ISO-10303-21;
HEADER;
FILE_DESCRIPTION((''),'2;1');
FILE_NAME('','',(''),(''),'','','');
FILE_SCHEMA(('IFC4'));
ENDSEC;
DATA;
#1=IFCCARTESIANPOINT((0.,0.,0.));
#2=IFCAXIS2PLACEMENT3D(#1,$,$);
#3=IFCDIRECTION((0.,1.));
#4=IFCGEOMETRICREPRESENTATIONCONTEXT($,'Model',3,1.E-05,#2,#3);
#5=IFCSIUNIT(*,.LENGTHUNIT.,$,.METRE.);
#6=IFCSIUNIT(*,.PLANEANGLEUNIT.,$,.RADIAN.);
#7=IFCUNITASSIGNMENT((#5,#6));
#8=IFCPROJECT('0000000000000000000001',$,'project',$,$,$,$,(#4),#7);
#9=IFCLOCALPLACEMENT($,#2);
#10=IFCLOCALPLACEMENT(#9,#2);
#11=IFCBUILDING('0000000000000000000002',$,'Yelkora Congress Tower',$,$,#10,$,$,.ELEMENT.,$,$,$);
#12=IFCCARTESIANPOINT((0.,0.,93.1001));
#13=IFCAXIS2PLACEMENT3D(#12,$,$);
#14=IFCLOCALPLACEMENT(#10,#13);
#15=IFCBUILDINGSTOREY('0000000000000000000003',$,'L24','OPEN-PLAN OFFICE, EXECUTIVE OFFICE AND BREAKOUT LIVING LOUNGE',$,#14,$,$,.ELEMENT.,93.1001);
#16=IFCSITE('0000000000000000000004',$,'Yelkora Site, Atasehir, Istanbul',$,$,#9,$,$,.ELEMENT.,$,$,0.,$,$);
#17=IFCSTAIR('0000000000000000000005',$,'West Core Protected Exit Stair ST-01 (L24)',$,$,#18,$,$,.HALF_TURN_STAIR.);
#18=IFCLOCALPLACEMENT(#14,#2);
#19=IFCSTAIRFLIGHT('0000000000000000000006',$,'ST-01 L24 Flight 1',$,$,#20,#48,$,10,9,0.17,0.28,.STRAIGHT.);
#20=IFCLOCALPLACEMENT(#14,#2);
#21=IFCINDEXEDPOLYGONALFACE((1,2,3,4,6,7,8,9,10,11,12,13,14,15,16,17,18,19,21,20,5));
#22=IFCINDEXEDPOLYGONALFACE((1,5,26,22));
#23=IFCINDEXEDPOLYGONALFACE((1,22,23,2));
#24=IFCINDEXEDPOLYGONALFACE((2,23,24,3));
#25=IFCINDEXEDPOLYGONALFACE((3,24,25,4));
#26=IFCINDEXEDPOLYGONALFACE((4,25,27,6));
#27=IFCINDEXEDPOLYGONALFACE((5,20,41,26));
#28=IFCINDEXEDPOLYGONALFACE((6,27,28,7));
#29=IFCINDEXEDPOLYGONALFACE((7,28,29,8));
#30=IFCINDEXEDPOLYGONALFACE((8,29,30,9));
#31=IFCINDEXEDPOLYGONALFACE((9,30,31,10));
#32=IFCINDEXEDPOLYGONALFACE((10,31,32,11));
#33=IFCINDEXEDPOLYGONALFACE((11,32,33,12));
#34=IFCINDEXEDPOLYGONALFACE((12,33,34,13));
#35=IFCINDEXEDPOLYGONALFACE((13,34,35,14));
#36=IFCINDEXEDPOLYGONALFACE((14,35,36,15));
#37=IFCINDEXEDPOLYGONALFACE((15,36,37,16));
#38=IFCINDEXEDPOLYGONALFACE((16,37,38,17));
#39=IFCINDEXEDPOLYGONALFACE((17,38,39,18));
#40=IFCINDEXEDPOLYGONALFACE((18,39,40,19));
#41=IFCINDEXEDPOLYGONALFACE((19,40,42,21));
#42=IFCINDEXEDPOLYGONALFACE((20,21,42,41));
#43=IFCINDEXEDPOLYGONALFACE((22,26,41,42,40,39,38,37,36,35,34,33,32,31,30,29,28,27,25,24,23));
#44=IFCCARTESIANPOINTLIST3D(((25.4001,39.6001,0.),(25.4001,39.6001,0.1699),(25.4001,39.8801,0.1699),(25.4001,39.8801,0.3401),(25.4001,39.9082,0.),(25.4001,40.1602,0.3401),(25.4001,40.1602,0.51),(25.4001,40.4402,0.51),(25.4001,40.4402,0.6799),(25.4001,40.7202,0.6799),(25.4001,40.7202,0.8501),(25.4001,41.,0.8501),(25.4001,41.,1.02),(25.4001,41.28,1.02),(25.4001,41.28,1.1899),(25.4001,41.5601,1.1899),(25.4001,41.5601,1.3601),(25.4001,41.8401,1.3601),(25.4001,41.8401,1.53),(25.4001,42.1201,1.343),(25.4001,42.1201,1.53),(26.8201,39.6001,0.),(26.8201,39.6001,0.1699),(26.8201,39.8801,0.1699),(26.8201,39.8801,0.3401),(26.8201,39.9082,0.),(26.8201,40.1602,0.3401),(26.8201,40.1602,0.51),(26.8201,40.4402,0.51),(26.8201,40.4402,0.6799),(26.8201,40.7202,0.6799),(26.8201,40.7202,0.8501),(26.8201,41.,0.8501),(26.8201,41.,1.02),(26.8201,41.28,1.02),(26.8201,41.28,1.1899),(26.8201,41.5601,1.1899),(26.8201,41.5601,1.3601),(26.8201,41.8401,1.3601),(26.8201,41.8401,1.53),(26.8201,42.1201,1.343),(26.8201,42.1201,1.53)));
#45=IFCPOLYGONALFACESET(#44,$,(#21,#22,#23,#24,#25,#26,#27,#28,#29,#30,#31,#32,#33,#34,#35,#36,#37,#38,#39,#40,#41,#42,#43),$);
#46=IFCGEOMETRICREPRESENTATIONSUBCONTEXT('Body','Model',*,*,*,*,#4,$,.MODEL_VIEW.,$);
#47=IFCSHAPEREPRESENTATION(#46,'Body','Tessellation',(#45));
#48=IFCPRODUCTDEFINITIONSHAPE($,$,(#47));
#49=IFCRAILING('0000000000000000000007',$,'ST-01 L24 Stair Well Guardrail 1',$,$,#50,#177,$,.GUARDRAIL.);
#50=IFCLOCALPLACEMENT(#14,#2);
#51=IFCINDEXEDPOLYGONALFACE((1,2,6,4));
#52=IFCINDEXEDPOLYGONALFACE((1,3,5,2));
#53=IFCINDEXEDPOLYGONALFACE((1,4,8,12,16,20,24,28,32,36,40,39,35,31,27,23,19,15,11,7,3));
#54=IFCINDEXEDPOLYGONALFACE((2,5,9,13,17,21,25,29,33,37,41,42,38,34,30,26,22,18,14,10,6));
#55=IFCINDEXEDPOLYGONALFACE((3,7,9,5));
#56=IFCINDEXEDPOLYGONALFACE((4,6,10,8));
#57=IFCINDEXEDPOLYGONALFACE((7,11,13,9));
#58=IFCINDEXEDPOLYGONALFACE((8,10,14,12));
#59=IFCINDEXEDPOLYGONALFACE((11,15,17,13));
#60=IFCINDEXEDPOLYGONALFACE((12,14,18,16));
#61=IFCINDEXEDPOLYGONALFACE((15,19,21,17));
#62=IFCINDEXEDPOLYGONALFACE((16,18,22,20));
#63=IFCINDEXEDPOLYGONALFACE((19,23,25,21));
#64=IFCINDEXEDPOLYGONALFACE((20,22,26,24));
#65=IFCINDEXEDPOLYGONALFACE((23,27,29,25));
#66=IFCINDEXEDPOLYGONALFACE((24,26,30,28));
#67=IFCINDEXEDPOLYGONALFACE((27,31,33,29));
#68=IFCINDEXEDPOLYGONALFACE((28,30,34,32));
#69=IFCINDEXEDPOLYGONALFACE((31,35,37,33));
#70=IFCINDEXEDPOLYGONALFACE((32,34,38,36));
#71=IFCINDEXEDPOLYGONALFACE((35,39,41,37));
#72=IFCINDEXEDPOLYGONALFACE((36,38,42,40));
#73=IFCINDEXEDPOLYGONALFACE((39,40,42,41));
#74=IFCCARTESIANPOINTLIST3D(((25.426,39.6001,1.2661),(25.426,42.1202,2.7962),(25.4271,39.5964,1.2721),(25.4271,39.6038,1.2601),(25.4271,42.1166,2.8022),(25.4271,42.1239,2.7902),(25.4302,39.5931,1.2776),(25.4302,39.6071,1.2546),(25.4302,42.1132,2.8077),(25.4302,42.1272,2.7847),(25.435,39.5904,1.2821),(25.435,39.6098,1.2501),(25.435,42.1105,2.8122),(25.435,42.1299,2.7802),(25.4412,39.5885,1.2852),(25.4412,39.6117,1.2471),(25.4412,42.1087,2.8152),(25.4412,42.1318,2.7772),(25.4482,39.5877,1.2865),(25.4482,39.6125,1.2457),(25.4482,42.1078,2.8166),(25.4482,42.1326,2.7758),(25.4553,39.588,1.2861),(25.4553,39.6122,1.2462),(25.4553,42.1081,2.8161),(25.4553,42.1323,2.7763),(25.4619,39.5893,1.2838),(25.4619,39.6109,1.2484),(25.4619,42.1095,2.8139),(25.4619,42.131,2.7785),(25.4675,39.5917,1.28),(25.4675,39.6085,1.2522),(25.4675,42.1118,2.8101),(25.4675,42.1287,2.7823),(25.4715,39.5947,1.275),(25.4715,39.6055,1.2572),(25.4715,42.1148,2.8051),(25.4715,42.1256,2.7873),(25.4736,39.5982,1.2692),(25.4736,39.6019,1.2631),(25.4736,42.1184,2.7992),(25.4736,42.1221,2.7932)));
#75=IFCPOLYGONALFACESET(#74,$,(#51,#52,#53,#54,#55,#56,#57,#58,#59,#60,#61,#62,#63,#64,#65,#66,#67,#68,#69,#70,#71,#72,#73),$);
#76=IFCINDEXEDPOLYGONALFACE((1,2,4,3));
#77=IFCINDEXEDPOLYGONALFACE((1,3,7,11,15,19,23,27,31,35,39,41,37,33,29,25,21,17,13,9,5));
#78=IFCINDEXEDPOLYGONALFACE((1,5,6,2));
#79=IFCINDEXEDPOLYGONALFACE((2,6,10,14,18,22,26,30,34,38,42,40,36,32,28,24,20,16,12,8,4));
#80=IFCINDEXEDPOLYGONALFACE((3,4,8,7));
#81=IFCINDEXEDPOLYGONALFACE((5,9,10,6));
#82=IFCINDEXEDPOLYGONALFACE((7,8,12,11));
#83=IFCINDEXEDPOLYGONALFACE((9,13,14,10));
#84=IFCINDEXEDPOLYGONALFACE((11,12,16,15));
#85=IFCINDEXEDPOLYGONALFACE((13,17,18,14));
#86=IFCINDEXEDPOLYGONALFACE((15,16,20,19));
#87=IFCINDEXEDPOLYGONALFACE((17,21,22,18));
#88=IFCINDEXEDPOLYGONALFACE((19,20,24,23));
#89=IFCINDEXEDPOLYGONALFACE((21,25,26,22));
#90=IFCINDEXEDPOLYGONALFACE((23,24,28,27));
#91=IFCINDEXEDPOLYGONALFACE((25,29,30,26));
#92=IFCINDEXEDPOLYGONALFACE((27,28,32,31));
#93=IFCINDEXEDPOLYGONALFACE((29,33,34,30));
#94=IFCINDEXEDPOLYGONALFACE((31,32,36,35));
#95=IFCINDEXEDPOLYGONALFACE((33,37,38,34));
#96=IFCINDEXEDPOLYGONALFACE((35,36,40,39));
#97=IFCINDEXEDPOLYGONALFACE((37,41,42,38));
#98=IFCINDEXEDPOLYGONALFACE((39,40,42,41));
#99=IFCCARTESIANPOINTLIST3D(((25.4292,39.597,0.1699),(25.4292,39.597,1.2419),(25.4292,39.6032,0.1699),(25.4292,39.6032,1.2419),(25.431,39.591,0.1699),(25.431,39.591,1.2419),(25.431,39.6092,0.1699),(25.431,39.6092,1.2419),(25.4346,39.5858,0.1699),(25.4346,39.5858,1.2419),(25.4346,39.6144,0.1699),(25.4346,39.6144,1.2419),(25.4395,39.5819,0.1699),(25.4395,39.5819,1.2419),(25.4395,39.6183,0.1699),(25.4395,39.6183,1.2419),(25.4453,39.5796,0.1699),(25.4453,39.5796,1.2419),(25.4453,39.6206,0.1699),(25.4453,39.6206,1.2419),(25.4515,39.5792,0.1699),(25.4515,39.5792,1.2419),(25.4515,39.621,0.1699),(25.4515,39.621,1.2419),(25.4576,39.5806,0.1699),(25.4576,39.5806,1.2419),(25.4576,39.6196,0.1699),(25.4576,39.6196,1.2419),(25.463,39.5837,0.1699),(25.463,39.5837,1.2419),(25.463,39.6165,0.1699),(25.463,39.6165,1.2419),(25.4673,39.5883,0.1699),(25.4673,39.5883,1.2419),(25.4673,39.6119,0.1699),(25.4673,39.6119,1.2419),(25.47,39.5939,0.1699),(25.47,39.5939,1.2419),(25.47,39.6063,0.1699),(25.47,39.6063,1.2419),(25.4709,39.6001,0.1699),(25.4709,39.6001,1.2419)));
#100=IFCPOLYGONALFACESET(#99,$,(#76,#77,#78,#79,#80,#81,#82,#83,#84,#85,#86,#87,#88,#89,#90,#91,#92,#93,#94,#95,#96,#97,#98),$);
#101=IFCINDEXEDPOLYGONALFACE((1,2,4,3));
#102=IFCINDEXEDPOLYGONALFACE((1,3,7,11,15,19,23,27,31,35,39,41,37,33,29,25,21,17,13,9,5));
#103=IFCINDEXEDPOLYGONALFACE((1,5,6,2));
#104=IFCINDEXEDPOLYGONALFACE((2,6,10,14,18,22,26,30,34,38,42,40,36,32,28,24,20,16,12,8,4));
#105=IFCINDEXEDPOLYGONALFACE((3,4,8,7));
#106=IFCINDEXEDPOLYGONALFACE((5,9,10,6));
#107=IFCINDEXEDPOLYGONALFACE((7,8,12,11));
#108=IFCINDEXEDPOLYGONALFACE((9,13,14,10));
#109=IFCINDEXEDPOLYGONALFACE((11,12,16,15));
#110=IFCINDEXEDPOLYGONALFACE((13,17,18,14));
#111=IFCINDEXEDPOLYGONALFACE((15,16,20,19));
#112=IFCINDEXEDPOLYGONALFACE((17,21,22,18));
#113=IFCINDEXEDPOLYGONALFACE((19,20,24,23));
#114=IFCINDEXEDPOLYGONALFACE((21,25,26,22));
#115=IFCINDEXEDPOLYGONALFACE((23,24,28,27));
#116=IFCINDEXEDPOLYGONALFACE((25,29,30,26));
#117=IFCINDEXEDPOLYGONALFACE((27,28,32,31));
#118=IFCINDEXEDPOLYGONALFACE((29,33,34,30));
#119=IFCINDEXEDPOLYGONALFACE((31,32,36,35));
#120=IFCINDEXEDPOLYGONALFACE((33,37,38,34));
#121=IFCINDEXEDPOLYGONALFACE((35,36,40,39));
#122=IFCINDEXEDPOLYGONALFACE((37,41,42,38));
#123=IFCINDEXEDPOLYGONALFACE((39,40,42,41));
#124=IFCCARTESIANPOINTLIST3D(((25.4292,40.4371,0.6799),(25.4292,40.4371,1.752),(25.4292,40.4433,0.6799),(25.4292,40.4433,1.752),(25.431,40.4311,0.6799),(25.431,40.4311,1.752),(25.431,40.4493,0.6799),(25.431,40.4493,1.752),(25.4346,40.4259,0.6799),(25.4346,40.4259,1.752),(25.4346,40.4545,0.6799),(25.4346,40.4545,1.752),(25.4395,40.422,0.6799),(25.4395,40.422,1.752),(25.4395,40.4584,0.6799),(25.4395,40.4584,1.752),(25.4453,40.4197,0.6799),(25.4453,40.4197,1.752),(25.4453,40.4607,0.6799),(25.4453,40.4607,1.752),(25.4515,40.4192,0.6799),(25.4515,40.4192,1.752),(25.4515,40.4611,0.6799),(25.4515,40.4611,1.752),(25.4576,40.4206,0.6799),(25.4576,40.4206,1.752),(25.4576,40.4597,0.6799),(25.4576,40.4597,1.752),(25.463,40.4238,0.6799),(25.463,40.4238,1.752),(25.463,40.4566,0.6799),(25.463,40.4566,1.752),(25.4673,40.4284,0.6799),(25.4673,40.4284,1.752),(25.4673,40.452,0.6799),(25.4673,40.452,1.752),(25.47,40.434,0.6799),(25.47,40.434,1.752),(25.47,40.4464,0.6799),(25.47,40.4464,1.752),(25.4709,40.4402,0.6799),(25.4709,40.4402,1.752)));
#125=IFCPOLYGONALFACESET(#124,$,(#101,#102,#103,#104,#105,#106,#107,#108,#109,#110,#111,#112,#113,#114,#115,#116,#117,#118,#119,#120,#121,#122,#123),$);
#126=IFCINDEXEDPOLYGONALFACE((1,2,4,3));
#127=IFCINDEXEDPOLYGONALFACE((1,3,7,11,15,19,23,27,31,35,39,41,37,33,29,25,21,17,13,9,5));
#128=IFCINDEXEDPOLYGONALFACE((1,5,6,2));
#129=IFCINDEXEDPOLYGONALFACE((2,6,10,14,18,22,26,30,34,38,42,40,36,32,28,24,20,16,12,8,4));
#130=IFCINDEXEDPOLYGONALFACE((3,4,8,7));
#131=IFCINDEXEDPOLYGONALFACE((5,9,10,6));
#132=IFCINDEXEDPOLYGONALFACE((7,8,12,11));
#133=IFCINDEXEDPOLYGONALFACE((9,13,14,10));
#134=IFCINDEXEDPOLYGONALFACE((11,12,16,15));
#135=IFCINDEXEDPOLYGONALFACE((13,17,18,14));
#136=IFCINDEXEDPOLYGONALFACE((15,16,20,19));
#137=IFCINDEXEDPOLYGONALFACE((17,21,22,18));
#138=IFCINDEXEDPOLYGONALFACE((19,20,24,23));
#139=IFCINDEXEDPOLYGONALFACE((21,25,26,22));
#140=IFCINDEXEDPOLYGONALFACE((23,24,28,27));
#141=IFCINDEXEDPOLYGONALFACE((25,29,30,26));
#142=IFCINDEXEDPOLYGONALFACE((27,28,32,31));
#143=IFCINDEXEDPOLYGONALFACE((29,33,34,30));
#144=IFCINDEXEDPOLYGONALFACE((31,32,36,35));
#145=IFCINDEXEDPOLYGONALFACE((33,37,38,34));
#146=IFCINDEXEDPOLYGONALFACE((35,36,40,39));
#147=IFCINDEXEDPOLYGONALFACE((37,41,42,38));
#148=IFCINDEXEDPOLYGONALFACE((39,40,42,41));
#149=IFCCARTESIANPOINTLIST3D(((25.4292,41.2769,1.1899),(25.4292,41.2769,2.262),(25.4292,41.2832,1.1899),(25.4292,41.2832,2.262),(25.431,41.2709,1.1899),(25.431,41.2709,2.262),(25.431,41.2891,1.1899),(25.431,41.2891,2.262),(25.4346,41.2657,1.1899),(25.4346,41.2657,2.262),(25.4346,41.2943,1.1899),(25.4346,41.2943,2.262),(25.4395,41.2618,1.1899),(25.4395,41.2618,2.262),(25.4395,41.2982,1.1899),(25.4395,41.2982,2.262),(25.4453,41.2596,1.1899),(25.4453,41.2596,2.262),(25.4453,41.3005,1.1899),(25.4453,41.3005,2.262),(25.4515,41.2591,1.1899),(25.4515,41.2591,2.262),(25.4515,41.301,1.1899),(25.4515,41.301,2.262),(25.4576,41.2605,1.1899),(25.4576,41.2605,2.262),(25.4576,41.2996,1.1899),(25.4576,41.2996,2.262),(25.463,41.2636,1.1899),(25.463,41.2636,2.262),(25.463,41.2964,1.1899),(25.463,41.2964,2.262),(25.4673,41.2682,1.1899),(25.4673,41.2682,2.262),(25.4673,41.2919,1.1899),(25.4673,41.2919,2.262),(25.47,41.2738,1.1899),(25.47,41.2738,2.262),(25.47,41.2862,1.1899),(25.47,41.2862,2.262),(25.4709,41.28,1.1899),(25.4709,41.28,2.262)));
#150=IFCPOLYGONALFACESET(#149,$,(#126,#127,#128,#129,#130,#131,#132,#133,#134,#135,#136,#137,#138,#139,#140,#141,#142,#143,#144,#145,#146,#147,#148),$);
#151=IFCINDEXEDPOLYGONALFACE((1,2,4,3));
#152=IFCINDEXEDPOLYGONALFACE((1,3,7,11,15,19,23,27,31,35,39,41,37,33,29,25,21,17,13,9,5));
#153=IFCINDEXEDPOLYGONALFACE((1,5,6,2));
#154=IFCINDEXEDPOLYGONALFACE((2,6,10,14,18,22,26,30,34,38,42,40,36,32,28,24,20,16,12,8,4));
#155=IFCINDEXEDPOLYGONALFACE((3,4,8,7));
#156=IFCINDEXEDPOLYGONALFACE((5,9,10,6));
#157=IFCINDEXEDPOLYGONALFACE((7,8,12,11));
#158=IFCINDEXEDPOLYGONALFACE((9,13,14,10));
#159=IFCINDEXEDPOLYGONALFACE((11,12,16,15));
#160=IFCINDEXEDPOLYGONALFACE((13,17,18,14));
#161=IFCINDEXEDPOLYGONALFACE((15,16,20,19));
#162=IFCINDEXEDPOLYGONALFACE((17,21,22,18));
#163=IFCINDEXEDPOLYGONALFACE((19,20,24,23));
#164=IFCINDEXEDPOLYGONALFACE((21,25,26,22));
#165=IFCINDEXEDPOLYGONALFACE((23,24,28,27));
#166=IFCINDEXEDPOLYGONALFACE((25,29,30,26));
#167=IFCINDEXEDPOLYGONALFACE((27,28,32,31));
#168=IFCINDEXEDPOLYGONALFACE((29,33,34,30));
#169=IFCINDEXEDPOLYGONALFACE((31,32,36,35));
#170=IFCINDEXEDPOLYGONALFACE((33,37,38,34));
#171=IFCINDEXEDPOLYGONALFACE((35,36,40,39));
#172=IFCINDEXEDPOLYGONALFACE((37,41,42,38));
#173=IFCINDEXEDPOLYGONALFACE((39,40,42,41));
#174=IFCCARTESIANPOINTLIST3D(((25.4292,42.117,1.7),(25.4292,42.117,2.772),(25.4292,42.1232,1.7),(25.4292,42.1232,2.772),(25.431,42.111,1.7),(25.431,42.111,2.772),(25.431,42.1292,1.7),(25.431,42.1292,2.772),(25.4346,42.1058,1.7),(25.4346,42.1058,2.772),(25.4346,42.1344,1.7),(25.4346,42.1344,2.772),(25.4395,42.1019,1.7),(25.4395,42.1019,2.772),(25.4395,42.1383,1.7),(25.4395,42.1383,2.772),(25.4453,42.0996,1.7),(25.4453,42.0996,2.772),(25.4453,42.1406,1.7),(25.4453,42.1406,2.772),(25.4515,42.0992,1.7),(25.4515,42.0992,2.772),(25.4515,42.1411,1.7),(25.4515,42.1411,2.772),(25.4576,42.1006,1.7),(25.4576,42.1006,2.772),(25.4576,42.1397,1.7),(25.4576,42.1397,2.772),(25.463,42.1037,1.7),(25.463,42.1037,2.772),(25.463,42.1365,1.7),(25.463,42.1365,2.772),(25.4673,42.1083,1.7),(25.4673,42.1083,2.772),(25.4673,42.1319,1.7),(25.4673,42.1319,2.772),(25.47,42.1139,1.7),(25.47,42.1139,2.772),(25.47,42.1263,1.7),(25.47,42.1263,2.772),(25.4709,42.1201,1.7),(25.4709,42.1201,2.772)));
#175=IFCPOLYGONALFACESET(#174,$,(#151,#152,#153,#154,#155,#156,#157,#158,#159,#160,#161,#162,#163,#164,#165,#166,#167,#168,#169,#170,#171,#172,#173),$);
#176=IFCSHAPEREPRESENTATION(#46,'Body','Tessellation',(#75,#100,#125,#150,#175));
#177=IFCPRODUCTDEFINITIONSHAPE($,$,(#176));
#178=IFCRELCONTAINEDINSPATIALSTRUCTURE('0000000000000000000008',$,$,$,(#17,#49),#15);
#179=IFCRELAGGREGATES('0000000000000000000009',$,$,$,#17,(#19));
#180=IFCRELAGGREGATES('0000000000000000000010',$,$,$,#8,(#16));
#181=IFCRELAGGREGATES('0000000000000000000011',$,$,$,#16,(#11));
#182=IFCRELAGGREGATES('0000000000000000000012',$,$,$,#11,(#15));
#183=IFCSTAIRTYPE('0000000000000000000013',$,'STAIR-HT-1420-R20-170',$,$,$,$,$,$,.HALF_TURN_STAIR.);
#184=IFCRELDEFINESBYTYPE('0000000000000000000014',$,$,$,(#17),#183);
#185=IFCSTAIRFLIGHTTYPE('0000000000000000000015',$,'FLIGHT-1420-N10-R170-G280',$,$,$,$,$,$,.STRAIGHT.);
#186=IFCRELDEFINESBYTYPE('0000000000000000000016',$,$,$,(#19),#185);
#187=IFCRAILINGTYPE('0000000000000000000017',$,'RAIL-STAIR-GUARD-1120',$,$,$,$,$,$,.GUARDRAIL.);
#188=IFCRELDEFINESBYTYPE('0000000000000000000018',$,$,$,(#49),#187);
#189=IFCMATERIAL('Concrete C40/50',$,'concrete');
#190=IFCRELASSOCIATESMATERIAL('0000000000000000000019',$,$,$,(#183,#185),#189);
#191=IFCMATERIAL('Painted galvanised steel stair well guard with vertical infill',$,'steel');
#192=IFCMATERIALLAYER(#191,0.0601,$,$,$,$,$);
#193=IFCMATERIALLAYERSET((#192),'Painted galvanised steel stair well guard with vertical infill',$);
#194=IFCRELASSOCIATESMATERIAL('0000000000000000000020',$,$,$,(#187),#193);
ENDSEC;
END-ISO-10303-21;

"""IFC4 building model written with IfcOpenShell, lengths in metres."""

from ifc_helpers import new_model, si_unit, direction, frame, origin, origin_2d, place, context, subcontext, project, spatial, polyline, circle, outline, extrude, material, layer, layer_set, type_object, element, aggregate, save


model = new_model("IFC4")

# Units and contexts
model_context = context("Model", 3, precision=1e-05, world=origin(), true_north=direction((0.0, 1.0)))
body_context = subcontext(model_context, "Body", "Model", "MODEL_VIEW")
ifc_project = project(units=[si_unit("LENGTHUNIT", "METRE"), si_unit("PLANEANGLEUNIT", "RADIAN")], contexts=[model_context])

# Site, building, storey
site_placement = place(None, origin())
site = spatial("IfcSite", under=ifc_project, at=site_placement, Name="Yelkora Site, Atasehir, Istanbul", CompositionType="ELEMENT", RefElevation=0.0)
building_placement = place(site_placement, origin())
building = spatial("IfcBuilding", under=site, at=building_placement, Name="Yelkora Congress Tower", CompositionType="ELEMENT")
storey_placement = place(building_placement, frame((0.0, 0.0, 93.1001)))
storey = spatial("IfcBuildingStorey", under=building, at=storey_placement, Name="L24", Description="OPEN-PLAN OFFICE, EXECUTIVE OFFICE AND BREAKOUT LIVING LOUNGE", CompositionType="ELEMENT", Elevation=93.1001)

# Stair, stair flight
ifc_material_1 = material(Name="Concrete C40/50", Category="concrete")
stair_type = type_object("IfcStairType", Name="STAIR-HT-1420-R20-170", PredefinedType="HALF_TURN_STAIR", material=ifc_material_1)
stair_placement = place(storey_placement, origin())
stair = element("IfcStair", 1, at=stair_placement, inside=storey, type_object=stair_type, Name="West Core Protected Exit Stair ST-01 (L24)", PredefinedType="HALF_TURN_STAIR")
stair_flight_type = type_object("IfcStairFlightType", Name="FLIGHT-1420-N10-R170-G280", PredefinedType="STRAIGHT", material=ifc_material_1)
stair_flight_placement = place(storey_placement, frame((26.1101, 39.6001, 0.0), z_axis=(0.0, 0.0, 1.0), x_axis=(0.0, 1.0, 0.0)))
stair_flight = element("IfcStairFlight", 2, at=stair_flight_placement, type_object=stair_flight_type, Name="ST-01 L24 Flight 1", NumberOfRisers=10, NumberOfTreads=9, PredefinedType="STRAIGHT", RiserHeight=0.17, TreadLength=0.28, context=body_context, shape_type="SweptSolid", body=[
    extrude(outline(polyline([(0.0, 0.0), (0.0, 0.1699), (0.28, 0.1699), (0.28, 0.3401), (0.5601, 0.3401), (0.5601, 0.51), (0.8401, 0.51), (0.8401, 0.6799), (1.1201, 0.6799), (1.1201, 0.8501), (1.3999, 0.8501), (1.3999, 1.02), (1.6799, 1.02), (1.6799, 1.1899), (1.96, 1.1899), (1.96, 1.3601), (2.24, 1.3601), (2.24, 1.53), (2.52, 1.53), (2.52, 1.7), (2.52, 1.343), (0.3081, 0.0), (0.0, 0.0)])), frame((0.0, 0.71, 0.0), z_axis=(0.0, -1.0, 0.0), x_axis=(1.0, 0.0, 0.0)), (0.0, 0.0, 1.0), 1.4199),
])
aggregate(stair, [stair_flight])

# Railing
ifc_material_2 = material(Name="Painted galvanised steel stair well guard with vertical infill", Category="steel")
ifc_layer_1 = layer(ifc_material_2, 0.0601)
ifc_layer_set_1 = layer_set([ifc_layer_1], Name="Painted galvanised steel stair well guard with vertical infill")
railing_type_1 = type_object("IfcRailingType", Name="RAIL-STAIR-GUARD-1120", PredefinedType="GUARDRAIL", material=ifc_layer_set_1)
railing_1_placement = place(storey_placement, frame((25.45, 39.6001, 0.1699)))
element("IfcRailing", 3, at=railing_1_placement, inside=storey, type_object=railing_type_1, Name="ST-01 L24 Stair Well Guardrail 1", PredefinedType="GUARDRAIL", context=body_context, shape_type="SweptSolid", body=[
    extrude(circle(Radius=0.0239, at=origin_2d()), frame((0.0, 0.0, 1.0962), z_axis=(0.0, 0.854785, 0.518982), x_axis=(-1.0, 0.0, 0.0)), (0.0, 0.0, 1.0), 2.9482),
    extrude(circle(Radius=0.021, at=origin_2d()), origin(), (0.0, 0.0, 1.0), 1.072),
    extrude(circle(Radius=0.021, at=origin_2d()), frame((0.0, 0.8401, 0.51)), (0.0, 0.0, 1.0), 1.072),
    extrude(circle(Radius=0.021, at=origin_2d()), frame((0.0, 1.6799, 1.02)), (0.0, 0.0, 1.0), 1.072),
    extrude(circle(Radius=0.021, at=origin_2d()), frame((0.0, 2.52, 1.53)), (0.0, 0.0, 1.0), 1.072),
])

save(model, "model.ifc")
